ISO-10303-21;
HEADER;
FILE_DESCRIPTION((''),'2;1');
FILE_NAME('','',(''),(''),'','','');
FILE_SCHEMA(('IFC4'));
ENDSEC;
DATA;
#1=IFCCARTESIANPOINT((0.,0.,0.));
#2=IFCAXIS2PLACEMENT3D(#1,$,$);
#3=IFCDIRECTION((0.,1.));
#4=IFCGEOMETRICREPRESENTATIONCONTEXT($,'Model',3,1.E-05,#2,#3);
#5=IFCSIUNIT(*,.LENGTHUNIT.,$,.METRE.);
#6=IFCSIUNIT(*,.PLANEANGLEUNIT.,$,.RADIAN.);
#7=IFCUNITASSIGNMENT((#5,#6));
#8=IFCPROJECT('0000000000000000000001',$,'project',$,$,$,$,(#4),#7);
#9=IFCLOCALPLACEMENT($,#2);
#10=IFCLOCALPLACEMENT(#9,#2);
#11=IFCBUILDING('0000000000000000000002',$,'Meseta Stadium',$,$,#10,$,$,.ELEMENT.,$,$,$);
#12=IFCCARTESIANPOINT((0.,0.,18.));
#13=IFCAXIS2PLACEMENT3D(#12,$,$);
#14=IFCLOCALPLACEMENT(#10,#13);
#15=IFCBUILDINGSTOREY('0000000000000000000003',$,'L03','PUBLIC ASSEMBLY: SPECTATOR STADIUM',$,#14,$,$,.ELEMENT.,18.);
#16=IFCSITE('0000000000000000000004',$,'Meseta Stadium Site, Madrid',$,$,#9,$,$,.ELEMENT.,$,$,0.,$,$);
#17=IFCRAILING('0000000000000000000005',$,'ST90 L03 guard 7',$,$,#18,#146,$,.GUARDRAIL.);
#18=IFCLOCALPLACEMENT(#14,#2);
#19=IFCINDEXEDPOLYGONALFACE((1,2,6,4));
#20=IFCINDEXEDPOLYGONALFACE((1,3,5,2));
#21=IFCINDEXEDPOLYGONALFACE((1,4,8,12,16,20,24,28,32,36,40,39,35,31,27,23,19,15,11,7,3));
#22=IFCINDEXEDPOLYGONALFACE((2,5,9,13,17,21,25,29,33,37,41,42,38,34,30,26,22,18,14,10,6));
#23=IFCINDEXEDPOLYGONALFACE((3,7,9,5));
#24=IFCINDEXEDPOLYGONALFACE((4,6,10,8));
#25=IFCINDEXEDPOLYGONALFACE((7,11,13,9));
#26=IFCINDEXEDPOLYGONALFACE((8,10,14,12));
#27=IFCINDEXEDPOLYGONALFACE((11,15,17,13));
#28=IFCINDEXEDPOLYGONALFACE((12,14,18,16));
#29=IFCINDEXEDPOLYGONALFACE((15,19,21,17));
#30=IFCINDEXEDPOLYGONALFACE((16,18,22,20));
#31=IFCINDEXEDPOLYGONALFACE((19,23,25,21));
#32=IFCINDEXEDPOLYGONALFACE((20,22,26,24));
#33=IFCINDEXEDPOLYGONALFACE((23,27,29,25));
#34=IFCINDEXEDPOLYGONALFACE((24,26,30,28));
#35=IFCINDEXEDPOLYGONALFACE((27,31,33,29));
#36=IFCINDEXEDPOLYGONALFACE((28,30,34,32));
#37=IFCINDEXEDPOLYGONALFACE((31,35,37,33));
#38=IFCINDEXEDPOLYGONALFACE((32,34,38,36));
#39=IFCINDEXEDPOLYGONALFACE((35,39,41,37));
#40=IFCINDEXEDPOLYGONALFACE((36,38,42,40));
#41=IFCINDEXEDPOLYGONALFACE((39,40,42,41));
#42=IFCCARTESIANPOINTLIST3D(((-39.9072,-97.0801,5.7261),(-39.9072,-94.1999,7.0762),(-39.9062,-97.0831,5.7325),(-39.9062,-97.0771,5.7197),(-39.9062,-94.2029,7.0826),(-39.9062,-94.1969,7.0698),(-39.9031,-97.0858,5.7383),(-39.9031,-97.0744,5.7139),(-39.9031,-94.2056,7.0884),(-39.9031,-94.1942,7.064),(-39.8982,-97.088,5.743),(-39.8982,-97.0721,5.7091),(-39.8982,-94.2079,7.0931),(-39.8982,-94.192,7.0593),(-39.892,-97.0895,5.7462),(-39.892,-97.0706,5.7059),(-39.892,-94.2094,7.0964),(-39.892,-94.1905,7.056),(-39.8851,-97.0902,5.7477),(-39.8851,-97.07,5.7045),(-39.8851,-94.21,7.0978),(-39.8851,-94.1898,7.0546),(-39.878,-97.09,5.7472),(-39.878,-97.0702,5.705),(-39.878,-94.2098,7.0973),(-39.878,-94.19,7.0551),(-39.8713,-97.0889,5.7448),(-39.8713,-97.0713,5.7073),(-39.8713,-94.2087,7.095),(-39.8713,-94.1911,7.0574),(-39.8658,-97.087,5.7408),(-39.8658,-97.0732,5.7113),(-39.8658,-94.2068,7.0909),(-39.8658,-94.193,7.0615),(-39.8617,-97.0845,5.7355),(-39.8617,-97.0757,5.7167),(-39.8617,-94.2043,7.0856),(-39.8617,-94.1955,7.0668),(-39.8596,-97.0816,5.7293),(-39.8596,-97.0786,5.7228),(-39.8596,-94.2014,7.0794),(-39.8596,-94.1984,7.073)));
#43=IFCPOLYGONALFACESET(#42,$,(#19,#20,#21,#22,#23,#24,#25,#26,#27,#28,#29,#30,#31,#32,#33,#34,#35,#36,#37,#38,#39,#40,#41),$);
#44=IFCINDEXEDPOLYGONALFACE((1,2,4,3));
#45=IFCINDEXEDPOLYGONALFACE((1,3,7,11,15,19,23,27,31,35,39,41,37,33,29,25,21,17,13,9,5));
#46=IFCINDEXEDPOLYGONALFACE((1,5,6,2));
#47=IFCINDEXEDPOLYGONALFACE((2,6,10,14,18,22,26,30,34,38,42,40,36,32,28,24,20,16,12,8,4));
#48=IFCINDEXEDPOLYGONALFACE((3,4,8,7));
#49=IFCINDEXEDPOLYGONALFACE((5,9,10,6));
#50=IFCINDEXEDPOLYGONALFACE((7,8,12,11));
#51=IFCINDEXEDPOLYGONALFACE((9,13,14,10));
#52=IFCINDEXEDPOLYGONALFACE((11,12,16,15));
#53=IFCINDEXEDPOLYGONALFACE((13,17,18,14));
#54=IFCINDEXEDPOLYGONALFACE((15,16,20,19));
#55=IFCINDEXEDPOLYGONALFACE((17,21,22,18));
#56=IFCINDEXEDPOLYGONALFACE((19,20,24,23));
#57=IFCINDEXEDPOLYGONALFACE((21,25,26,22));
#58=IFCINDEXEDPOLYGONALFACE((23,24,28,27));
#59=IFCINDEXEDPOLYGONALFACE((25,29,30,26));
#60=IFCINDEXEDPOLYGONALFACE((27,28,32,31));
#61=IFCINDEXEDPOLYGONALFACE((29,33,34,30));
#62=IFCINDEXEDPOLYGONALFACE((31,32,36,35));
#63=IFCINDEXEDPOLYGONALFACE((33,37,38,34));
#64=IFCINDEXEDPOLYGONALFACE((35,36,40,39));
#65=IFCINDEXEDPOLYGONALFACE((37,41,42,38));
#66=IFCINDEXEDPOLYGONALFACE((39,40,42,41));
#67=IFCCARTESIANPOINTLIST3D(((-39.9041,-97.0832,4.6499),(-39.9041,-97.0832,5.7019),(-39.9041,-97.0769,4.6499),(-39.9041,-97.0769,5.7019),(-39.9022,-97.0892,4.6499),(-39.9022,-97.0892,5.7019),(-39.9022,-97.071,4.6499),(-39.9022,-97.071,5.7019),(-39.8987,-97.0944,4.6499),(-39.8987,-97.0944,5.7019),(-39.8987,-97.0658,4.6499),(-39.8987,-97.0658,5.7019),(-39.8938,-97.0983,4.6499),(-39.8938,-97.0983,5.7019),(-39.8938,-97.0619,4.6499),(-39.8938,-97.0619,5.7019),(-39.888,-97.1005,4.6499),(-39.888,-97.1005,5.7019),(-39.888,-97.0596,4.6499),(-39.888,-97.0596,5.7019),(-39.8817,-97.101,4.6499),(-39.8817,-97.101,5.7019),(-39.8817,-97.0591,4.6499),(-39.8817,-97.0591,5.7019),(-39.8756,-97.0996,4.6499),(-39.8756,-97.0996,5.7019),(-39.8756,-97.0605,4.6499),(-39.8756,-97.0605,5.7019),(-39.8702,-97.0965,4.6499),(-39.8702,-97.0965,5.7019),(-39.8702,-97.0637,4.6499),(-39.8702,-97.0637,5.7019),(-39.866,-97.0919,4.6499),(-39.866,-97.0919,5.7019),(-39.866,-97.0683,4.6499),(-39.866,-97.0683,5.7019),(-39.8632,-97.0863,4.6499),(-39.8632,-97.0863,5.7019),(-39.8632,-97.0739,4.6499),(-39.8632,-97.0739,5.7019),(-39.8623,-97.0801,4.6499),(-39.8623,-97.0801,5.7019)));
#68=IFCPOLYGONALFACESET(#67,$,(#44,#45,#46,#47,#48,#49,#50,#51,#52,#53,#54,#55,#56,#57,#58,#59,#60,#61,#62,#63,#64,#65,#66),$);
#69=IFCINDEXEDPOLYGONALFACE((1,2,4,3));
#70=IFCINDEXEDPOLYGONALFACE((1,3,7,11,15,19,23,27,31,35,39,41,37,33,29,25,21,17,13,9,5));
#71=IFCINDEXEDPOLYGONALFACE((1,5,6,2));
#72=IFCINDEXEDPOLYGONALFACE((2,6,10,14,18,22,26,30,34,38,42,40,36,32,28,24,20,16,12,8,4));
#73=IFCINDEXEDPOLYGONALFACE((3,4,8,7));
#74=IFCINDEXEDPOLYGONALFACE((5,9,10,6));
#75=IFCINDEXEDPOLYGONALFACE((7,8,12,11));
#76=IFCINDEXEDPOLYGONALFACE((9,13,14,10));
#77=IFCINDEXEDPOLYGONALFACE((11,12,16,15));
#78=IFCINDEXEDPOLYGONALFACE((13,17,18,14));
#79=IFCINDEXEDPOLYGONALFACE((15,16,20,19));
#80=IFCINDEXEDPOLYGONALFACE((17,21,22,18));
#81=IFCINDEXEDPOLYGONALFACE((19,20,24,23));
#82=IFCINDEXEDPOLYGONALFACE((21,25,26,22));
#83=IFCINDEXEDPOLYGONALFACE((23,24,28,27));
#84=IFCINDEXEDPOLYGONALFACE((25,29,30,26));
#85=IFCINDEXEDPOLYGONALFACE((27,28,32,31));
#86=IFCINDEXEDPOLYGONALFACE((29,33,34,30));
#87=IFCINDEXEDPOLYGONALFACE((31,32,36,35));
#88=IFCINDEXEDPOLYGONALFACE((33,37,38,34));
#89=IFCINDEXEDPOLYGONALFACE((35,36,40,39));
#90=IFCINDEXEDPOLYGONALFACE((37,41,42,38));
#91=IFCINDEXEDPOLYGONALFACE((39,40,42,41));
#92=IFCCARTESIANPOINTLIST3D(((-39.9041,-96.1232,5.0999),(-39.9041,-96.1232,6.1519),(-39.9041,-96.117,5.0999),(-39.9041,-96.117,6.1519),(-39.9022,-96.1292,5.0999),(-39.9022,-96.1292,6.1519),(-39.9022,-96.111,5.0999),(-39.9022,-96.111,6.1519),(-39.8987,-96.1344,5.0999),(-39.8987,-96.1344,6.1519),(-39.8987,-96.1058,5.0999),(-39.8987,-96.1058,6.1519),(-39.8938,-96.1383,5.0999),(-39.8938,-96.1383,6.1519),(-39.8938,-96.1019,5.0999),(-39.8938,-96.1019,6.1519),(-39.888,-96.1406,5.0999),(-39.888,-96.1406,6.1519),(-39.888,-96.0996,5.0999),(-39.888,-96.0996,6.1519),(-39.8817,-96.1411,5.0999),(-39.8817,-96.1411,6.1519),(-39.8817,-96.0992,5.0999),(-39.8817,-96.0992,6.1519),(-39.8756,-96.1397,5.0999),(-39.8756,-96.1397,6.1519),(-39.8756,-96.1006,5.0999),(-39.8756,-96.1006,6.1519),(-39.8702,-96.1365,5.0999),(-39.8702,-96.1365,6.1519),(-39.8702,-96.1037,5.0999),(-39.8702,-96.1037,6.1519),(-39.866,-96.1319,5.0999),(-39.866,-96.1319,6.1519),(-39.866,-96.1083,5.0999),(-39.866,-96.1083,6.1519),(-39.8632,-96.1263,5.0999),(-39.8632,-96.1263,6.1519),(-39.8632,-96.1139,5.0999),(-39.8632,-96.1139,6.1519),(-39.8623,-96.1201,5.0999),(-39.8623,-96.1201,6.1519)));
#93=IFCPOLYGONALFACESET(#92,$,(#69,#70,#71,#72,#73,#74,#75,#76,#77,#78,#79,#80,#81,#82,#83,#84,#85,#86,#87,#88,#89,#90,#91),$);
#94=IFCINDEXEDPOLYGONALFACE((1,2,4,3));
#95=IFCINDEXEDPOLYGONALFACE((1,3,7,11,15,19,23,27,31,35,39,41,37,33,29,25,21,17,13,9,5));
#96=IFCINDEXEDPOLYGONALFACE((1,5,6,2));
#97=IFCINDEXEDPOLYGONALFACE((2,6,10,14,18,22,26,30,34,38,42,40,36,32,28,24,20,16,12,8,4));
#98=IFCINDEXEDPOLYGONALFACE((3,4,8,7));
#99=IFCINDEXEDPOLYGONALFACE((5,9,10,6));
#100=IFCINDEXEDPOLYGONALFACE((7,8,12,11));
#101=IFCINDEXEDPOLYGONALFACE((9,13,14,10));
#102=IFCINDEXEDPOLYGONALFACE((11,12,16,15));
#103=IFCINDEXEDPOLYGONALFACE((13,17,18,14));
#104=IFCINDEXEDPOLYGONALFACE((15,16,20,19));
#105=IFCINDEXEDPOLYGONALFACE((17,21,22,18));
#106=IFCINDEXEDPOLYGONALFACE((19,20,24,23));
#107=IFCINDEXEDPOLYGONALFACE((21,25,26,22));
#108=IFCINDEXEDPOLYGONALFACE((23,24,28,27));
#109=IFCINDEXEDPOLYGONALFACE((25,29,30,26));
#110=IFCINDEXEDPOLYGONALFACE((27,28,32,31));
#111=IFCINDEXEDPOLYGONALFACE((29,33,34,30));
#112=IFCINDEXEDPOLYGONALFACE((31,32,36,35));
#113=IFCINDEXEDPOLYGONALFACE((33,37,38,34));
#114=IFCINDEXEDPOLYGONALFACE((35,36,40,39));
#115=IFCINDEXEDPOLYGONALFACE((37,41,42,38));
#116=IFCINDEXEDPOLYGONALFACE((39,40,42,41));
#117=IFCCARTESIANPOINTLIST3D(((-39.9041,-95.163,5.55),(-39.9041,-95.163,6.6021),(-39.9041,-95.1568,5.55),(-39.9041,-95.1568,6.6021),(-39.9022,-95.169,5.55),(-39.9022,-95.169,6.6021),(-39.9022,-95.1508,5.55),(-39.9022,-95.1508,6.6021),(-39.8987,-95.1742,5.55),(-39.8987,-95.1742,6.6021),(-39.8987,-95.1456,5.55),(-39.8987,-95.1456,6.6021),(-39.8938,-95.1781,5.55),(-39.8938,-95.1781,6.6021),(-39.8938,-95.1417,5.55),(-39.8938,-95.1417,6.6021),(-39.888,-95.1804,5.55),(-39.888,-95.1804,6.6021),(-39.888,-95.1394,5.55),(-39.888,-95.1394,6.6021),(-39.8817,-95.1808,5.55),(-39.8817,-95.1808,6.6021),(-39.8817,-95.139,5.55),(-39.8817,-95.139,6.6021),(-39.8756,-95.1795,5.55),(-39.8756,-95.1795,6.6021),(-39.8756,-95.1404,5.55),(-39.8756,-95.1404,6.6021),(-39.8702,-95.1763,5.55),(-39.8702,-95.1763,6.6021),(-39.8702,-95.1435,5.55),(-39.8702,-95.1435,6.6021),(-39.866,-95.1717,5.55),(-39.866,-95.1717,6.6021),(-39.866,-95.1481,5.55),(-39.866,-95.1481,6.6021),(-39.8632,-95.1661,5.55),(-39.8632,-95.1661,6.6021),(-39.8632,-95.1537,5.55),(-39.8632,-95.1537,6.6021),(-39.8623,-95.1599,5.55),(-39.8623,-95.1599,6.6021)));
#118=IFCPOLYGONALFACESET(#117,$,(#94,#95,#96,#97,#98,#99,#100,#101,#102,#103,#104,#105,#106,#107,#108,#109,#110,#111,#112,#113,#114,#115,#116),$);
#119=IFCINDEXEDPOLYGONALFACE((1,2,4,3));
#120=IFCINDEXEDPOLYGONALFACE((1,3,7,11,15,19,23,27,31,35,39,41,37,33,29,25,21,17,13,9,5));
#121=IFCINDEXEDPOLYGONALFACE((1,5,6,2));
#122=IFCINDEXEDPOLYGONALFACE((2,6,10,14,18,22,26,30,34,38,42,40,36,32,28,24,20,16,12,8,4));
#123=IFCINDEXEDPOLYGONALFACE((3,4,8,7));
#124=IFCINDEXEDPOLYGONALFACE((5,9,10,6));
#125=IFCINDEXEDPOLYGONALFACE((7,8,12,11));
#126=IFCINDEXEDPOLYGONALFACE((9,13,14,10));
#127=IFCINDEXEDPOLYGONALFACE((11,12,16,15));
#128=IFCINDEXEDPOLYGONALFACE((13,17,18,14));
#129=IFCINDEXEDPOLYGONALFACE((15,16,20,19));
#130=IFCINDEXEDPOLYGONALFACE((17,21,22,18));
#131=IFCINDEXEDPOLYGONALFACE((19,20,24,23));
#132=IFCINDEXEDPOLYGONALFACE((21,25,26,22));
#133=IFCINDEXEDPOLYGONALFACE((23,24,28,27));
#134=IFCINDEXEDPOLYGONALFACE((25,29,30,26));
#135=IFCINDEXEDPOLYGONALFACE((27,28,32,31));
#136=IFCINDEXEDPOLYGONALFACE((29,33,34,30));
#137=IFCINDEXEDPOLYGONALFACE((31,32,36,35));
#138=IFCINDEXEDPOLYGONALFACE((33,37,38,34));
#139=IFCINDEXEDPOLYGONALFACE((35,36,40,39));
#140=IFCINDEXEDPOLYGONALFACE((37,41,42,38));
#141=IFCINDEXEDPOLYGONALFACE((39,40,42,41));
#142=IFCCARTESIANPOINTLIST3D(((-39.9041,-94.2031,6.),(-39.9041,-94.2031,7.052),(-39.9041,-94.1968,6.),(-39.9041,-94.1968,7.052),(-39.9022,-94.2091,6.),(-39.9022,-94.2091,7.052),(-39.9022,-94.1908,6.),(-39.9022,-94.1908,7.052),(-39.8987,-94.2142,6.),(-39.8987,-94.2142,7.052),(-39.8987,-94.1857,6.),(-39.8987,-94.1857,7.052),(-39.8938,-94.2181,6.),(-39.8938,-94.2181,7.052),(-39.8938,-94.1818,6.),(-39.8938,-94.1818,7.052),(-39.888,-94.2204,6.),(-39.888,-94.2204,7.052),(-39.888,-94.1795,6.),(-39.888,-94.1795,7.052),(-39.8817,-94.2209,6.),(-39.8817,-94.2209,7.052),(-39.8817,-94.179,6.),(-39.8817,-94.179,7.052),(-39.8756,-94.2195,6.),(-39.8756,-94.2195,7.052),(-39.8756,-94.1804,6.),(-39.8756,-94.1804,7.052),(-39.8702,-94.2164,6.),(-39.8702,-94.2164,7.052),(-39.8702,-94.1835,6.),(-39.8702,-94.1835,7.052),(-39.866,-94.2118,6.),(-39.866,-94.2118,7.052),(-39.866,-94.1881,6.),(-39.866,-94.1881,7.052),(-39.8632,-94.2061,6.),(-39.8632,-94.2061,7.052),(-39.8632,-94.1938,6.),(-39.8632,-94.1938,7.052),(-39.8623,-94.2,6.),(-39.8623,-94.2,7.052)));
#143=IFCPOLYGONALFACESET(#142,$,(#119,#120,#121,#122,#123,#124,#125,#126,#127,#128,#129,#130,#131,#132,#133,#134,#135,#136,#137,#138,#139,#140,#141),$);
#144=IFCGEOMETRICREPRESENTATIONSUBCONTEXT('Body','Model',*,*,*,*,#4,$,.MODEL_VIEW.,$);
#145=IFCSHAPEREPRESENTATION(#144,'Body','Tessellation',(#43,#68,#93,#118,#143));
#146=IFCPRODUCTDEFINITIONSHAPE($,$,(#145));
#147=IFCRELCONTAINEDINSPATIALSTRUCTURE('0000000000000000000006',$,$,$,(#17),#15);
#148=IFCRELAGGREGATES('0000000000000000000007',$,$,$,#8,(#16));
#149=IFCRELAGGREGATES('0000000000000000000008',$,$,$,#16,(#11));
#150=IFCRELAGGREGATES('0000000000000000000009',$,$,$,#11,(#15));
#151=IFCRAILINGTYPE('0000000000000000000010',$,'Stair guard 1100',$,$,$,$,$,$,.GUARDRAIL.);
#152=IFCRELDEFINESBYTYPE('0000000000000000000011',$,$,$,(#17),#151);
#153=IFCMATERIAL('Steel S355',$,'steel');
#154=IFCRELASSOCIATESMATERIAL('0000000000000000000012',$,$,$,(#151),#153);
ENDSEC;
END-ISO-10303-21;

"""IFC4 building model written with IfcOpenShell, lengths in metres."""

from ifc_helpers import new_model, si_unit, direction, frame, origin, origin_2d, place, context, subcontext, project, spatial, circle, extrude, material, type_object, element, save


model = new_model("IFC4")

# Units and contexts
model_context = context("Model", 3, precision=1e-05, world=origin(), true_north=direction((0.0, 1.0)))
body_context = subcontext(model_context, "Body", "Model", "MODEL_VIEW")
ifc_project = project(units=[si_unit("LENGTHUNIT", "METRE"), si_unit("PLANEANGLEUNIT", "RADIAN")], contexts=[model_context])

# Site, building, storey
site_placement = place(None, origin())
site = spatial("IfcSite", under=ifc_project, at=site_placement, Name="Meseta Stadium Site, Madrid", CompositionType="ELEMENT", RefElevation=0.0)
building_placement = place(site_placement, origin())
building = spatial("IfcBuilding", under=site, at=building_placement, Name="Meseta Stadium", CompositionType="ELEMENT")
storey_placement = place(building_placement, frame((0.0, 0.0, 18.0)))
storey = spatial("IfcBuildingStorey", under=building, at=storey_placement, Name="L03", Description="PUBLIC ASSEMBLY: SPECTATOR STADIUM", CompositionType="ELEMENT", Elevation=18.0)

# Railing
ifc_material_1 = material(Name="Steel S355", Category="steel")
railing_type_1 = type_object("IfcRailingType", Name="Stair guard 1100", PredefinedType="GUARDRAIL", material=ifc_material_1)
for number, where, name in (
    (1, (-39.8833, -97.0801, 4.6499), "ST90 L03 guard 7"),
):
    element("IfcRailing", number, at=place(storey_placement, frame(where)), inside=storey, type_object=railing_type_1, Name=name, PredefinedType="GUARDRAIL", context=body_context, shape_type="SweptSolid", body=[
        extrude(circle(Radius=0.0239, at=origin_2d()), frame((0.0, 0.0, 1.0762), z_axis=(0.0, 0.905454, 0.424444), x_axis=(-1.0, 0.0, 0.0)), (0.0, 0.0, 1.0), 3.1809),
        extrude(circle(Radius=0.021, at=origin_2d()), origin(), (0.0, 0.0, 1.0), 1.052),
        extrude(circle(Radius=0.021, at=origin_2d()), frame((0.0, 0.96, 0.45)), (0.0, 0.0, 1.0), 1.052),
        extrude(circle(Radius=0.021, at=origin_2d()), frame((0.0, 1.9202, 0.9001)), (0.0, 0.0, 1.0), 1.052),
        extrude(circle(Radius=0.021, at=origin_2d()), frame((0.0, 2.8801, 1.3501)), (0.0, 0.0, 1.0), 1.052),
    ])

save(model, "model.ifc")
